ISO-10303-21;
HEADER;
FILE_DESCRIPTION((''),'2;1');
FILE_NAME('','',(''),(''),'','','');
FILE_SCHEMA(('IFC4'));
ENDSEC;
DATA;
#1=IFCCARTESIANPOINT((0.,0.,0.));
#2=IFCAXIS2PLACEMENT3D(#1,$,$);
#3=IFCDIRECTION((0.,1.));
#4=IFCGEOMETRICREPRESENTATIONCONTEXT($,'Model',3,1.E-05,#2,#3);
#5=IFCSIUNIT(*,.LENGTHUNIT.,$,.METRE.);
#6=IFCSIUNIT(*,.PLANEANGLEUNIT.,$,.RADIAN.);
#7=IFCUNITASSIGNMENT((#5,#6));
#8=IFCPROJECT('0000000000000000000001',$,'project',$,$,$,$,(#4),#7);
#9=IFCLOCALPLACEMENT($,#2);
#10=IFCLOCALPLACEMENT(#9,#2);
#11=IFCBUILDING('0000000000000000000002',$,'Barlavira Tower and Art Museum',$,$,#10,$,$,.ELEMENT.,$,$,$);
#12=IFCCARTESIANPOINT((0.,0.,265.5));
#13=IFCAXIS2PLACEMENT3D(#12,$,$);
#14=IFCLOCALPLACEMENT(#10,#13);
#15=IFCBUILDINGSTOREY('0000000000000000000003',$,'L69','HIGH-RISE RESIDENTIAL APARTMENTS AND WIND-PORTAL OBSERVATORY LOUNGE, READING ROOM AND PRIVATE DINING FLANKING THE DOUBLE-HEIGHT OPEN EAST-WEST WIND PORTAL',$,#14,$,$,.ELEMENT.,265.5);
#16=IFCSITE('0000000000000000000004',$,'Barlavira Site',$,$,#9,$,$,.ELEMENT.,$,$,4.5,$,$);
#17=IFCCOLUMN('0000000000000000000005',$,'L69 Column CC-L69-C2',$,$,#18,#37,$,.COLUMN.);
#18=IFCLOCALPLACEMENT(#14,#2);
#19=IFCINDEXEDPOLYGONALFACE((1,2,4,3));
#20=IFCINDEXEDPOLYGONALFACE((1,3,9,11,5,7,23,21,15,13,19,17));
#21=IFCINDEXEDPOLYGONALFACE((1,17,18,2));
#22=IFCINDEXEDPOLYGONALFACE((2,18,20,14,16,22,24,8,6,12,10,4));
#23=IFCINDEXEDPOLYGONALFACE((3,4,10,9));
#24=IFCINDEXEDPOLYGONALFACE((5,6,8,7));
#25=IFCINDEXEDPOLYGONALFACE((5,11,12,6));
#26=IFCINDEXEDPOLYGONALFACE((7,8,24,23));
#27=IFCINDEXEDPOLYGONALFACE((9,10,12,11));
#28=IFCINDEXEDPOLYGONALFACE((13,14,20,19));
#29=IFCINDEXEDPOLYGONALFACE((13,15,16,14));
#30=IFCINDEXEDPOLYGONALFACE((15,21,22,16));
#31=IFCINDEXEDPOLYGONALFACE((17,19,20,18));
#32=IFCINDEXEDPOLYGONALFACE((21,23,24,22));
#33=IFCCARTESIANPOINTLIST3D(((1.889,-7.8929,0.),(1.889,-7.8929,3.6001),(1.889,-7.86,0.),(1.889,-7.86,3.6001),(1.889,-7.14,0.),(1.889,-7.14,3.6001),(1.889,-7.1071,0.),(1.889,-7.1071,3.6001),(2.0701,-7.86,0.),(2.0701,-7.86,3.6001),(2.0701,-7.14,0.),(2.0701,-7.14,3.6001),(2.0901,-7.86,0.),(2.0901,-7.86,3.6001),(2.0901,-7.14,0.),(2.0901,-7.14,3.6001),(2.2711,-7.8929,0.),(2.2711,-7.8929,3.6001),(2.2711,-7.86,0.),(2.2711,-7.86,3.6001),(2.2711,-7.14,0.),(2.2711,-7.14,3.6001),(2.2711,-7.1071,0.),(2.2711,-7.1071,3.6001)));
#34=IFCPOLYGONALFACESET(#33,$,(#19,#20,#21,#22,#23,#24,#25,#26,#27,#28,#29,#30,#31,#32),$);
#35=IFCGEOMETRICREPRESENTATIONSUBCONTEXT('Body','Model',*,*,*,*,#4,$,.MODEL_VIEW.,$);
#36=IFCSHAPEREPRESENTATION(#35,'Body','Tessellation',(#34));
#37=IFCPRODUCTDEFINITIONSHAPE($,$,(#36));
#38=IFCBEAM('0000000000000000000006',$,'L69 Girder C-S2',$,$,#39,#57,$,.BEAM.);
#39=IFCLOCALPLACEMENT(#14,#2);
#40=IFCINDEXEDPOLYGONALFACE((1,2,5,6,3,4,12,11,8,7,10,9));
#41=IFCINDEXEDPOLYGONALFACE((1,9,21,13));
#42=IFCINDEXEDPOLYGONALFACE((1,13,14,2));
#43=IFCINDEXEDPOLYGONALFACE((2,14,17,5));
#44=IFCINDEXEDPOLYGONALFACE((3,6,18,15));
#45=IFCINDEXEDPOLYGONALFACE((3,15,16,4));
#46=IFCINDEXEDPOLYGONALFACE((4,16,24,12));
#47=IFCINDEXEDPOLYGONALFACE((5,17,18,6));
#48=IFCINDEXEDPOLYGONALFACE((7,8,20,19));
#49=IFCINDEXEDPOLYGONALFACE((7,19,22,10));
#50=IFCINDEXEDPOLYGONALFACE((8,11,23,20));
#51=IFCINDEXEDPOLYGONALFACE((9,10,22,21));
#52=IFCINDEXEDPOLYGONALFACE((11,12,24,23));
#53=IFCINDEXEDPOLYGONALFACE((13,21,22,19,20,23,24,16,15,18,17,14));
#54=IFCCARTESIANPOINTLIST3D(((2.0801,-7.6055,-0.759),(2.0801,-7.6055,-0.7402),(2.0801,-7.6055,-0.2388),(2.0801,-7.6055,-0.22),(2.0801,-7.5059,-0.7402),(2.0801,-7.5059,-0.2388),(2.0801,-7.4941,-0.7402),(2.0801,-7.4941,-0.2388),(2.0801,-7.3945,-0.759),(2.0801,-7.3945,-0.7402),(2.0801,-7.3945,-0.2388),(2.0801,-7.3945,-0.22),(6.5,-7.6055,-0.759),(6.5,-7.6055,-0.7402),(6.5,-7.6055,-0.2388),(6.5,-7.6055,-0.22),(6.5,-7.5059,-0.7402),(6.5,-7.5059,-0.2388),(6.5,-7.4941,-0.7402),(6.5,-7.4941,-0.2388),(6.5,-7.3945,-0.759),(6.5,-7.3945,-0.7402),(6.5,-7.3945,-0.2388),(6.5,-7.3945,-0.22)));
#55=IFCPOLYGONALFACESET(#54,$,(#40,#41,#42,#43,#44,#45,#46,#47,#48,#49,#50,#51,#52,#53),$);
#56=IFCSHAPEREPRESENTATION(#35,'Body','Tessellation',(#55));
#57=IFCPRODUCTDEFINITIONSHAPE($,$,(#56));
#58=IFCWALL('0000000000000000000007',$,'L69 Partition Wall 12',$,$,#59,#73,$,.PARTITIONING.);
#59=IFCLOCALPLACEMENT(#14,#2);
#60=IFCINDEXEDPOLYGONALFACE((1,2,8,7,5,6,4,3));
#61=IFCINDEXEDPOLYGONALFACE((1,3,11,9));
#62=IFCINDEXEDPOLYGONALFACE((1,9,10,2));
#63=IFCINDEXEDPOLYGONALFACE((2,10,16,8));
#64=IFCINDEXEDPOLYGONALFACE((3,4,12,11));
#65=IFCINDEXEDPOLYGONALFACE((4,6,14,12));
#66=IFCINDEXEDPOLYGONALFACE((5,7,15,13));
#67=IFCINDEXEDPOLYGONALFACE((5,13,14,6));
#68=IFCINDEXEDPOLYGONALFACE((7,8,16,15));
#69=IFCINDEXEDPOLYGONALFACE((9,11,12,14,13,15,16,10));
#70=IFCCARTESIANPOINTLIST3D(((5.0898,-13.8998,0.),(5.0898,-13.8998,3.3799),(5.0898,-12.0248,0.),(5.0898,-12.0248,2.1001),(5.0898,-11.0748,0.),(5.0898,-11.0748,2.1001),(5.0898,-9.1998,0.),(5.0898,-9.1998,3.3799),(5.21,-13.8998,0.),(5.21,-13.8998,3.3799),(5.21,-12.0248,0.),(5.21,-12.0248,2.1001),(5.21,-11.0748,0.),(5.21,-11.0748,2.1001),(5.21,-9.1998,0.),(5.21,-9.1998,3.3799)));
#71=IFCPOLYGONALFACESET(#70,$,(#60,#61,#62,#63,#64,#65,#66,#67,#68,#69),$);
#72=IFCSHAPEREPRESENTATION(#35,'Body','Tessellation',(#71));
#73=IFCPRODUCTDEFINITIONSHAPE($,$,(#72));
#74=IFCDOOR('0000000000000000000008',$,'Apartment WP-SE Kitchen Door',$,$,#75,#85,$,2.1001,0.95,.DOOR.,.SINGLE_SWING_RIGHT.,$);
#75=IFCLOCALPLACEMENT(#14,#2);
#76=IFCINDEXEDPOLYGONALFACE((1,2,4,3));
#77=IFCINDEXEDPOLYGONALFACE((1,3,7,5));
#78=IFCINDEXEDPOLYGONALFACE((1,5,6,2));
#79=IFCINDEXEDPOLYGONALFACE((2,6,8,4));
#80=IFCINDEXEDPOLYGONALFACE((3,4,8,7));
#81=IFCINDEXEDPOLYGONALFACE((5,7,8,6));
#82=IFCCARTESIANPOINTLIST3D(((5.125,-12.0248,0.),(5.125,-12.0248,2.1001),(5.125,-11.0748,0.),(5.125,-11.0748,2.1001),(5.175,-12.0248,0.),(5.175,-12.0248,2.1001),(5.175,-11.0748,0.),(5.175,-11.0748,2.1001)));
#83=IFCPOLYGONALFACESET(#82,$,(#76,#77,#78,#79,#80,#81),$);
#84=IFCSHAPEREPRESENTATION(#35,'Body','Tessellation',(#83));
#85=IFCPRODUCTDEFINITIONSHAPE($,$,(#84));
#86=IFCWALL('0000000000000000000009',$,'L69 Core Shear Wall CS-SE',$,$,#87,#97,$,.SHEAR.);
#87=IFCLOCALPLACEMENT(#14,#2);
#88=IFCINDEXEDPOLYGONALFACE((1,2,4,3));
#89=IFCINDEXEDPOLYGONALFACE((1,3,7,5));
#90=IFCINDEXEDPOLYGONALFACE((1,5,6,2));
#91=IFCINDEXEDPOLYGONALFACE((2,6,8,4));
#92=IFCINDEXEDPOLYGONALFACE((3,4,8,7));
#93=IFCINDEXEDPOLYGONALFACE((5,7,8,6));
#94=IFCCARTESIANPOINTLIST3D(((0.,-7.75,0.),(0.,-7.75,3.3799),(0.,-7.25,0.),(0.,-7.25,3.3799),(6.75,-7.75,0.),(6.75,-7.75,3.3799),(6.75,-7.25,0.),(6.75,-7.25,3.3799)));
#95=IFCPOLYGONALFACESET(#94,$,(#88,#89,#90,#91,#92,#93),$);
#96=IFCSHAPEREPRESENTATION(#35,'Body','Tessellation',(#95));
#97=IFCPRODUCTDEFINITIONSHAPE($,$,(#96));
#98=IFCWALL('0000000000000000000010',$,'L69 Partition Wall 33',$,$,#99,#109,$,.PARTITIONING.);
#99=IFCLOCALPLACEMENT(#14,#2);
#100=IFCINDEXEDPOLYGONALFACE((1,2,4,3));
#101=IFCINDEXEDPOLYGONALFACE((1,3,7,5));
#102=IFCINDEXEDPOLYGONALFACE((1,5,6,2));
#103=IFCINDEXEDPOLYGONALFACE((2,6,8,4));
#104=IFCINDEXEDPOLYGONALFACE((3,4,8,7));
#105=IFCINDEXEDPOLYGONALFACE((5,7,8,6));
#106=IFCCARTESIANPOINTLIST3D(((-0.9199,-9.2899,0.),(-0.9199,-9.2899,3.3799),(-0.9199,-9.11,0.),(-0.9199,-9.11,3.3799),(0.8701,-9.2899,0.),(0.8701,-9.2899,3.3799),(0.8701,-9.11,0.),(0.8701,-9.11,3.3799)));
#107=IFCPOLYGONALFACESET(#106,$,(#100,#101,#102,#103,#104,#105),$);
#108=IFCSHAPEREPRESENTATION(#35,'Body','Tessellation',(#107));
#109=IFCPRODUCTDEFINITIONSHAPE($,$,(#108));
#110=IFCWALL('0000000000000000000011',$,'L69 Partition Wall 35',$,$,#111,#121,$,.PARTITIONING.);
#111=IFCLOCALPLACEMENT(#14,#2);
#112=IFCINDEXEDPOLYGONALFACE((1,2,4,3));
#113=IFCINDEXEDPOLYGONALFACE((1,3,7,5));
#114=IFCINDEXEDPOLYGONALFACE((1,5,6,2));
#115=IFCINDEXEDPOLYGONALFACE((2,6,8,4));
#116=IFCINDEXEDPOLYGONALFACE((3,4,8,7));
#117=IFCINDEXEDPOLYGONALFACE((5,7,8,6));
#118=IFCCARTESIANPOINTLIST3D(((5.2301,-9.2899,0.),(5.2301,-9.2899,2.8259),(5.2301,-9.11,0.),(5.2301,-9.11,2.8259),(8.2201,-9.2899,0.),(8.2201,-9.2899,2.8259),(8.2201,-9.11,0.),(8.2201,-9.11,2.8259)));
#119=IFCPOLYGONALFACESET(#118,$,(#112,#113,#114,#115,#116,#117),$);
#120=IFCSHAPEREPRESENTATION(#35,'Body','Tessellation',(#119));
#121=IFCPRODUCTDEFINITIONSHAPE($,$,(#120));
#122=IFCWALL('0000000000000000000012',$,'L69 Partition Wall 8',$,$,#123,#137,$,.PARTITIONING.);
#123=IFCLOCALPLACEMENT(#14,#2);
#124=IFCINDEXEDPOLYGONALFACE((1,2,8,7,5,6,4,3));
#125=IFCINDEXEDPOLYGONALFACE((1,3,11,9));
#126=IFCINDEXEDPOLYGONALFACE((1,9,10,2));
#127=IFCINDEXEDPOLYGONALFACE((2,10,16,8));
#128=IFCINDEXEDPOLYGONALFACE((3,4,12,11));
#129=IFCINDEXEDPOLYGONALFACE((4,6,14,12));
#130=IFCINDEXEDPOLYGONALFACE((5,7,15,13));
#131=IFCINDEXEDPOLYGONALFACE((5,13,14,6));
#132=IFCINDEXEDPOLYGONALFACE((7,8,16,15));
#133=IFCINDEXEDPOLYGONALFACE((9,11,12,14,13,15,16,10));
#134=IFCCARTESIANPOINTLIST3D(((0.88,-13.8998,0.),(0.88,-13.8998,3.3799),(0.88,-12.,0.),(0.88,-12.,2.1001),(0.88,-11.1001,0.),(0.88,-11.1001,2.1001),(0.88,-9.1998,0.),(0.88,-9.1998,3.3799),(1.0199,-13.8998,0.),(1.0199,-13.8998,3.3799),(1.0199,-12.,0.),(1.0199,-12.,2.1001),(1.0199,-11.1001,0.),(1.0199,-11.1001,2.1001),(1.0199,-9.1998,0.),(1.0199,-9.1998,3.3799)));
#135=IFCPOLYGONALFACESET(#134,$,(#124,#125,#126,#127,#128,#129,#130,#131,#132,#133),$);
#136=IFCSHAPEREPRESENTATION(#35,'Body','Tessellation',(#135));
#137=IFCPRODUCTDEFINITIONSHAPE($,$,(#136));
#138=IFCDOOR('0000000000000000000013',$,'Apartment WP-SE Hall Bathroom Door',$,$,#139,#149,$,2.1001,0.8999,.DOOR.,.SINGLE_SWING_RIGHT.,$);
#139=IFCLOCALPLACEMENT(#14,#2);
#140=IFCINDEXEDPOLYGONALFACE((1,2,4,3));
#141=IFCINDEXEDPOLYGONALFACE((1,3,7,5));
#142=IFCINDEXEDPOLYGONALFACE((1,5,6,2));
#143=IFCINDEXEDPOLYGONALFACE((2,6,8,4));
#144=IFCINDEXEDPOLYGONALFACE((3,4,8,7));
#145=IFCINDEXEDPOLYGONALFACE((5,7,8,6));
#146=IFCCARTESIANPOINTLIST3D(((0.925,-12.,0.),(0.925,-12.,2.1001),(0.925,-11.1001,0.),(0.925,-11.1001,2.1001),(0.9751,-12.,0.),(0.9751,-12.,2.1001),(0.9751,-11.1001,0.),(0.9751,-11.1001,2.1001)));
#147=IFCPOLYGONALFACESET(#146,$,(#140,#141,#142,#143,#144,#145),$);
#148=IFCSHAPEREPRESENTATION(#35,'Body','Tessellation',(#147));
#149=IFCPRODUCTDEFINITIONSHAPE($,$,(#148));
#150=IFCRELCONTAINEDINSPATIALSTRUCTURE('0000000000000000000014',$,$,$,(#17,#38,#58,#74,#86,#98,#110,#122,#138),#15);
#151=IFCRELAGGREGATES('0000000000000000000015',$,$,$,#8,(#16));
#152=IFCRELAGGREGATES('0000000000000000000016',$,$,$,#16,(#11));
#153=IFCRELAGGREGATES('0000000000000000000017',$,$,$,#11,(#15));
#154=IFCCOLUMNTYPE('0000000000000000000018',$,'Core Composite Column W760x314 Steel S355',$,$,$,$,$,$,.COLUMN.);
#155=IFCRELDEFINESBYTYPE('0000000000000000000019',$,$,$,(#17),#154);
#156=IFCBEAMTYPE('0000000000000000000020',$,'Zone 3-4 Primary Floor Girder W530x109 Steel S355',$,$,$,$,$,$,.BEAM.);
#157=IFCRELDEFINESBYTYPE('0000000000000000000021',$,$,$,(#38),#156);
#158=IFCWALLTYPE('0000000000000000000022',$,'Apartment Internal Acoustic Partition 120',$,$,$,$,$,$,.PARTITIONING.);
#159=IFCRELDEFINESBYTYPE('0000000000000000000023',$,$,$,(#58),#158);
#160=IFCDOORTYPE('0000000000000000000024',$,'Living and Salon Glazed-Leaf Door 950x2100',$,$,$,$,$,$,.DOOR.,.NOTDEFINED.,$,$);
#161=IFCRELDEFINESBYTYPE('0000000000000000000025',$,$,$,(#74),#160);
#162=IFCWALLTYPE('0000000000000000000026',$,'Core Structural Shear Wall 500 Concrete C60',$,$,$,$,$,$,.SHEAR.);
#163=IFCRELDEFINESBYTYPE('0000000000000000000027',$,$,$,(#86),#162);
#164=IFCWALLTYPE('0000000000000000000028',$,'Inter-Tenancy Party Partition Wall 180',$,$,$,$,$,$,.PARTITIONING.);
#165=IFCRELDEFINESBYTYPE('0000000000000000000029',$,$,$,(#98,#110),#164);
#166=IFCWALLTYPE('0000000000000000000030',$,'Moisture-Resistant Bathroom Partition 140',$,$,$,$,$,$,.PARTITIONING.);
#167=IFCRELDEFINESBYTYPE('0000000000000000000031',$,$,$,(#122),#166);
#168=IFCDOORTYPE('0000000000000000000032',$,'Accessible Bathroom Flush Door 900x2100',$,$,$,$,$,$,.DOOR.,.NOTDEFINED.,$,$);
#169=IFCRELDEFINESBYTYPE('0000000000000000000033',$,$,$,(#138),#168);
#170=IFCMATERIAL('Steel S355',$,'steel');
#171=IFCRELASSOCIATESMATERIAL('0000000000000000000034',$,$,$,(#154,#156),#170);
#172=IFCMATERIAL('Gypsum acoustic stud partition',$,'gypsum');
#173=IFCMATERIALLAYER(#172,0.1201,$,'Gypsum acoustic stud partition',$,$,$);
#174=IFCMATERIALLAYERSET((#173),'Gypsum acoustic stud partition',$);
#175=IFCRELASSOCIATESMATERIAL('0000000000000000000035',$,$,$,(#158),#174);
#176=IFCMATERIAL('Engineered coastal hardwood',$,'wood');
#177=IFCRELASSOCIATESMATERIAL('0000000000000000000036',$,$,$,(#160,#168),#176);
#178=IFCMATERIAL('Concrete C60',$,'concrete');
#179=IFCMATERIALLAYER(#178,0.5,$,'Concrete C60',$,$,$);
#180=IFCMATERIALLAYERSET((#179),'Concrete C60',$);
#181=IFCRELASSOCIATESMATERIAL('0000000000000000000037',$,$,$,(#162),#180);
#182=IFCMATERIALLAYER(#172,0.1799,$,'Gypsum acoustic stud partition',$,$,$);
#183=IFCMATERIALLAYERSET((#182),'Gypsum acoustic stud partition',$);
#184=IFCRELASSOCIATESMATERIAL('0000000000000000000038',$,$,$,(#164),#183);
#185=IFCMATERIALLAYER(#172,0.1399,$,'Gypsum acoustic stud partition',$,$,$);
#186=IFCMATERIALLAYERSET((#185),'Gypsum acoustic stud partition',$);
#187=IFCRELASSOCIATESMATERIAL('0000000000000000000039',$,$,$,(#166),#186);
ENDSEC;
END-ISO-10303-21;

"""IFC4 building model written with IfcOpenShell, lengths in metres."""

from ifc_helpers import new_model, si_unit, direction, frame, frame_2d, origin, origin_2d, place, context, subcontext, project, spatial, rectangle, i_section, extrude, material, layer, layer_set, material_profile, profile_set, type_object, element, fill, save


model = new_model("IFC4")

# Units and contexts
model_context = context("Model", 3, precision=1e-05, world=origin(), true_north=direction((0.0, 1.0)))
body_context = subcontext(model_context, "Body", "Model", "MODEL_VIEW")
ifc_project = project(units=[si_unit("LENGTHUNIT", "METRE"), si_unit("PLANEANGLEUNIT", "RADIAN")], contexts=[model_context])

# Site, building, storey
site_placement = place(None, origin())
site = spatial("IfcSite", under=ifc_project, at=site_placement, Name="Barlavira Site", CompositionType="ELEMENT", RefElevation=4.5)
building_placement = place(site_placement, origin())
building = spatial("IfcBuilding", under=site, at=building_placement, Name="Barlavira Tower and Art Museum", CompositionType="ELEMENT")
storey_placement = place(building_placement, frame((0.0, 0.0, 265.5)))
storey = spatial("IfcBuildingStorey", under=building, at=storey_placement, Name="L69", Description="HIGH-RISE RESIDENTIAL APARTMENTS AND WIND-PORTAL OBSERVATORY LOUNGE, READING ROOM AND PRIVATE DINING FLANKING THE DOUBLE-HEIGHT OPEN EAST-WEST WIND PORTAL", CompositionType="ELEMENT", Elevation=265.5)

# Column
ifc_material_1 = material(Name="Steel S355", Category="steel")
ifc_material_profile_1 = material_profile(ifc_material_1, i_section(OverallWidth=0.3821, OverallDepth=0.7859, WebThickness=0.02, FlangeThickness=0.033, at=origin_2d()), Name="W760x314.0")
ifc_profile_set_1 = profile_set([ifc_material_profile_1], Name="Steel S355")
column_type = type_object("IfcColumnType", Name="Core Composite Column W760x314 Steel S355", PredefinedType="COLUMN", material=ifc_profile_set_1)
column_placement = place(storey_placement, frame((2.0801, -7.5, 0.0), z_axis=(0.0, 0.0, 1.0), x_axis=(1.0, 0.0, 0.0)))
element("IfcColumn", 1, at=column_placement, inside=storey, type_object=column_type, Name="L69 Column CC-L69-C2", PredefinedType="COLUMN", context=body_context, shape_type="SweptSolid", body=[
    extrude(i_section(OverallWidth=0.3821, OverallDepth=0.7859, WebThickness=0.02, FlangeThickness=0.033, at=origin_2d()), origin(), (0.0, 0.0, 1.0), 3.6001),
])

# Beam
ifc_material_profile_2 = material_profile(ifc_material_1, i_section(OverallWidth=0.2109, OverallDepth=0.5391, WebThickness=0.0117, FlangeThickness=0.0188, at=origin_2d()), Name="W530x109.0")
ifc_profile_set_2 = profile_set([ifc_material_profile_2], Name="Steel S355")
beam_type = type_object("IfcBeamType", Name="Zone 3-4 Primary Floor Girder W530x109 Steel S355", PredefinedType="BEAM", material=ifc_profile_set_2)
beam_placement = place(storey_placement, frame((2.0801, -7.5, -0.4895), z_axis=(1.0, 0.0, 0.0), x_axis=(0.0, 1.0, 0.0)))
element("IfcBeam", 2, at=beam_placement, inside=storey, type_object=beam_type, Name="L69 Girder C-S2", PredefinedType="BEAM", context=body_context, shape_type="SweptSolid", body=[
    extrude(i_section(OverallWidth=0.2109, OverallDepth=0.5391, WebThickness=0.0117, FlangeThickness=0.0188, at=origin_2d()), origin(), (0.0, 0.0, 1.0), 4.4199),
])

# Wall, opening, door
ifc_material_2 = material(Name="Gypsum acoustic stud partition", Category="gypsum")
ifc_layer_1 = layer(ifc_material_2, 0.1201, Name="Gypsum acoustic stud partition")
ifc_layer_set_1 = layer_set([ifc_layer_1], Name="Gypsum acoustic stud partition")
wall_type_1 = type_object("IfcWallType", Name="Apartment Internal Acoustic Partition 120", PredefinedType="PARTITIONING", material=ifc_layer_set_1)
wall_1_placement = place(storey_placement, frame((5.1499, -13.8999, 0.0), z_axis=(0.0, 0.0, 1.0), x_axis=(0.0, 1.0, 0.0)))
wall_1 = element("IfcWall", 3, at=wall_1_placement, inside=storey, type_object=wall_type_1, Name="L69 Partition Wall 12", PredefinedType="PARTITIONING", context=body_context, shape_type="SweptSolid", body=[
    extrude(rectangle(XDim=4.7, YDim=0.1201, at=frame_2d((2.3501, 0.0))), origin(), (0.0, 0.0, 1.0), 3.3799),
])
opening_1_placement = place(wall_1_placement, frame((1.875, 0.0, 0.0)))
opening_1 = element("IfcOpeningElement", 4, at=opening_1_placement, cuts=wall_1, PredefinedType="OPENING", context=body_context, shape_type="SweptSolid", body=[
    extrude(rectangle(XDim=0.95, YDim=2.1001, at=frame_2d((0.4751, 1.05))), frame((0.0, 0.0701, 0.0), z_axis=(0.0, -1.0, 0.0), x_axis=(1.0, 0.0, 0.0)), (0.0, 0.0, 1.0), 0.1401),
])
ifc_material_3 = material(Name="Engineered coastal hardwood", Category="wood")
door_type_1 = type_object("IfcDoorType", Name="Living and Salon Glazed-Leaf Door 950x2100", OperationType="NOTDEFINED", PredefinedType="DOOR", material=ifc_material_3)
door_1_placement = place(opening_1_placement, origin())
door_1 = element("IfcDoor", 5, at=door_1_placement, inside=storey, type_object=door_type_1, Name="Apartment WP-SE Kitchen Door", OperationType="SINGLE_SWING_RIGHT", OverallHeight=2.1001, OverallWidth=0.95, PredefinedType="DOOR", context=body_context, shape_type="SweptSolid", body=[
    extrude(rectangle(XDim=0.95, YDim=2.1001, at=frame_2d((0.4751, 1.05))), frame((0.0, 0.0249, 0.0), z_axis=(0.0, -1.0, 0.0), x_axis=(1.0, 0.0, 0.0)), (0.0, 0.0, 1.0), 0.05),
])
fill(opening_1, door_1)

# Walls
ifc_material_4 = material(Name="Concrete C60", Category="concrete")
ifc_layer_2 = layer(ifc_material_4, 0.5, Name="Concrete C60")
ifc_layer_set_2 = layer_set([ifc_layer_2], Name="Concrete C60")
wall_type_2 = type_object("IfcWallType", Name="Core Structural Shear Wall 500 Concrete C60", PredefinedType="SHEAR", material=ifc_layer_set_2)
wall_2_placement = place(storey_placement, frame((0.0, -7.5, 0.0), z_axis=(0.0, 0.0, 1.0), x_axis=(1.0, 0.0, 0.0)))
element("IfcWall", 6, at=wall_2_placement, inside=storey, type_object=wall_type_2, Name="L69 Core Shear Wall CS-SE", PredefinedType="SHEAR", context=body_context, shape_type="SweptSolid", body=[
    extrude(rectangle(XDim=6.75, YDim=0.5, at=frame_2d((3.375, 0.0))), origin(), (0.0, 0.0, 1.0), 3.3799),
])
ifc_layer_3 = layer(ifc_material_2, 0.1799, Name="Gypsum acoustic stud partition")
ifc_layer_set_3 = layer_set([ifc_layer_3], Name="Gypsum acoustic stud partition")
wall_type_3 = type_object("IfcWallType", Name="Inter-Tenancy Party Partition Wall 180", PredefinedType="PARTITIONING", material=ifc_layer_set_3)
wall_3_placement = place(storey_placement, frame((-0.9199, -9.2, 0.0), z_axis=(0.0, 0.0, 1.0), x_axis=(1.0, 0.0, 0.0)))
element("IfcWall", 7, at=wall_3_placement, inside=storey, type_object=wall_type_3, Name="L69 Partition Wall 33", PredefinedType="PARTITIONING", context=body_context, shape_type="SweptSolid", body=[
    extrude(rectangle(XDim=1.79, YDim=0.1799, at=frame_2d((0.895, 0.0))), origin(), (0.0, 0.0, 1.0), 3.3799),
])

# Wall
wall_4_placement = place(storey_placement, frame((5.23, -9.2, 0.0), z_axis=(0.0, 0.0, 1.0), x_axis=(1.0, 0.0, 0.0)))
element("IfcWall", 8, at=wall_4_placement, inside=storey, type_object=wall_type_3, Name="L69 Partition Wall 35", PredefinedType="PARTITIONING", context=body_context, shape_type="SweptSolid", body=[
    extrude(rectangle(XDim=2.99, YDim=0.1799, at=frame_2d((1.4951, 0.0))), origin(), (0.0, 0.0, 1.0), 2.8259),
])

# Wall, opening, door
ifc_layer_4 = layer(ifc_material_2, 0.1399, Name="Gypsum acoustic stud partition")
ifc_layer_set_4 = layer_set([ifc_layer_4], Name="Gypsum acoustic stud partition")
wall_type_4 = type_object("IfcWallType", Name="Moisture-Resistant Bathroom Partition 140", PredefinedType="PARTITIONING", material=ifc_layer_set_4)
wall_5_placement = place(storey_placement, frame((0.95, -13.8999, 0.0), z_axis=(0.0, 0.0, 1.0), x_axis=(0.0, 1.0, 0.0)))
wall_5 = element("IfcWall", 9, at=wall_5_placement, inside=storey, type_object=wall_type_4, Name="L69 Partition Wall 8", PredefinedType="PARTITIONING", context=body_context, shape_type="SweptSolid", body=[
    extrude(rectangle(XDim=4.7, YDim=0.1399, at=frame_2d((2.3501, 0.0))), origin(), (0.0, 0.0, 1.0), 3.3799),
])
opening_2_placement = place(wall_5_placement, frame((1.8999, 0.0, 0.0)))
opening_2 = element("IfcOpeningElement", 10, at=opening_2_placement, cuts=wall_5, PredefinedType="OPENING", context=body_context, shape_type="SweptSolid", body=[
    extrude(rectangle(XDim=0.8999, YDim=2.1001, at=frame_2d((0.45, 1.05))), frame((0.0, 0.0801, 0.0), z_axis=(0.0, -1.0, 0.0), x_axis=(1.0, 0.0, 0.0)), (0.0, 0.0, 1.0), 0.1599),
])
door_type_2 = type_object("IfcDoorType", Name="Accessible Bathroom Flush Door 900x2100", OperationType="NOTDEFINED", PredefinedType="DOOR", material=ifc_material_3)
door_2_placement = place(opening_2_placement, origin())
door_2 = element("IfcDoor", 11, at=door_2_placement, inside=storey, type_object=door_type_2, Name="Apartment WP-SE Hall Bathroom Door", OperationType="SINGLE_SWING_RIGHT", OverallHeight=2.1001, OverallWidth=0.8999, PredefinedType="DOOR", context=body_context, shape_type="SweptSolid", body=[
    extrude(rectangle(XDim=0.8999, YDim=2.1001, at=frame_2d((0.45, 1.05))), frame((0.0, 0.0249, 0.0), z_axis=(0.0, -1.0, 0.0), x_axis=(1.0, 0.0, 0.0)), (0.0, 0.0, 1.0), 0.05),
])
fill(opening_2, door_2)

save(model, "model.ifc")
